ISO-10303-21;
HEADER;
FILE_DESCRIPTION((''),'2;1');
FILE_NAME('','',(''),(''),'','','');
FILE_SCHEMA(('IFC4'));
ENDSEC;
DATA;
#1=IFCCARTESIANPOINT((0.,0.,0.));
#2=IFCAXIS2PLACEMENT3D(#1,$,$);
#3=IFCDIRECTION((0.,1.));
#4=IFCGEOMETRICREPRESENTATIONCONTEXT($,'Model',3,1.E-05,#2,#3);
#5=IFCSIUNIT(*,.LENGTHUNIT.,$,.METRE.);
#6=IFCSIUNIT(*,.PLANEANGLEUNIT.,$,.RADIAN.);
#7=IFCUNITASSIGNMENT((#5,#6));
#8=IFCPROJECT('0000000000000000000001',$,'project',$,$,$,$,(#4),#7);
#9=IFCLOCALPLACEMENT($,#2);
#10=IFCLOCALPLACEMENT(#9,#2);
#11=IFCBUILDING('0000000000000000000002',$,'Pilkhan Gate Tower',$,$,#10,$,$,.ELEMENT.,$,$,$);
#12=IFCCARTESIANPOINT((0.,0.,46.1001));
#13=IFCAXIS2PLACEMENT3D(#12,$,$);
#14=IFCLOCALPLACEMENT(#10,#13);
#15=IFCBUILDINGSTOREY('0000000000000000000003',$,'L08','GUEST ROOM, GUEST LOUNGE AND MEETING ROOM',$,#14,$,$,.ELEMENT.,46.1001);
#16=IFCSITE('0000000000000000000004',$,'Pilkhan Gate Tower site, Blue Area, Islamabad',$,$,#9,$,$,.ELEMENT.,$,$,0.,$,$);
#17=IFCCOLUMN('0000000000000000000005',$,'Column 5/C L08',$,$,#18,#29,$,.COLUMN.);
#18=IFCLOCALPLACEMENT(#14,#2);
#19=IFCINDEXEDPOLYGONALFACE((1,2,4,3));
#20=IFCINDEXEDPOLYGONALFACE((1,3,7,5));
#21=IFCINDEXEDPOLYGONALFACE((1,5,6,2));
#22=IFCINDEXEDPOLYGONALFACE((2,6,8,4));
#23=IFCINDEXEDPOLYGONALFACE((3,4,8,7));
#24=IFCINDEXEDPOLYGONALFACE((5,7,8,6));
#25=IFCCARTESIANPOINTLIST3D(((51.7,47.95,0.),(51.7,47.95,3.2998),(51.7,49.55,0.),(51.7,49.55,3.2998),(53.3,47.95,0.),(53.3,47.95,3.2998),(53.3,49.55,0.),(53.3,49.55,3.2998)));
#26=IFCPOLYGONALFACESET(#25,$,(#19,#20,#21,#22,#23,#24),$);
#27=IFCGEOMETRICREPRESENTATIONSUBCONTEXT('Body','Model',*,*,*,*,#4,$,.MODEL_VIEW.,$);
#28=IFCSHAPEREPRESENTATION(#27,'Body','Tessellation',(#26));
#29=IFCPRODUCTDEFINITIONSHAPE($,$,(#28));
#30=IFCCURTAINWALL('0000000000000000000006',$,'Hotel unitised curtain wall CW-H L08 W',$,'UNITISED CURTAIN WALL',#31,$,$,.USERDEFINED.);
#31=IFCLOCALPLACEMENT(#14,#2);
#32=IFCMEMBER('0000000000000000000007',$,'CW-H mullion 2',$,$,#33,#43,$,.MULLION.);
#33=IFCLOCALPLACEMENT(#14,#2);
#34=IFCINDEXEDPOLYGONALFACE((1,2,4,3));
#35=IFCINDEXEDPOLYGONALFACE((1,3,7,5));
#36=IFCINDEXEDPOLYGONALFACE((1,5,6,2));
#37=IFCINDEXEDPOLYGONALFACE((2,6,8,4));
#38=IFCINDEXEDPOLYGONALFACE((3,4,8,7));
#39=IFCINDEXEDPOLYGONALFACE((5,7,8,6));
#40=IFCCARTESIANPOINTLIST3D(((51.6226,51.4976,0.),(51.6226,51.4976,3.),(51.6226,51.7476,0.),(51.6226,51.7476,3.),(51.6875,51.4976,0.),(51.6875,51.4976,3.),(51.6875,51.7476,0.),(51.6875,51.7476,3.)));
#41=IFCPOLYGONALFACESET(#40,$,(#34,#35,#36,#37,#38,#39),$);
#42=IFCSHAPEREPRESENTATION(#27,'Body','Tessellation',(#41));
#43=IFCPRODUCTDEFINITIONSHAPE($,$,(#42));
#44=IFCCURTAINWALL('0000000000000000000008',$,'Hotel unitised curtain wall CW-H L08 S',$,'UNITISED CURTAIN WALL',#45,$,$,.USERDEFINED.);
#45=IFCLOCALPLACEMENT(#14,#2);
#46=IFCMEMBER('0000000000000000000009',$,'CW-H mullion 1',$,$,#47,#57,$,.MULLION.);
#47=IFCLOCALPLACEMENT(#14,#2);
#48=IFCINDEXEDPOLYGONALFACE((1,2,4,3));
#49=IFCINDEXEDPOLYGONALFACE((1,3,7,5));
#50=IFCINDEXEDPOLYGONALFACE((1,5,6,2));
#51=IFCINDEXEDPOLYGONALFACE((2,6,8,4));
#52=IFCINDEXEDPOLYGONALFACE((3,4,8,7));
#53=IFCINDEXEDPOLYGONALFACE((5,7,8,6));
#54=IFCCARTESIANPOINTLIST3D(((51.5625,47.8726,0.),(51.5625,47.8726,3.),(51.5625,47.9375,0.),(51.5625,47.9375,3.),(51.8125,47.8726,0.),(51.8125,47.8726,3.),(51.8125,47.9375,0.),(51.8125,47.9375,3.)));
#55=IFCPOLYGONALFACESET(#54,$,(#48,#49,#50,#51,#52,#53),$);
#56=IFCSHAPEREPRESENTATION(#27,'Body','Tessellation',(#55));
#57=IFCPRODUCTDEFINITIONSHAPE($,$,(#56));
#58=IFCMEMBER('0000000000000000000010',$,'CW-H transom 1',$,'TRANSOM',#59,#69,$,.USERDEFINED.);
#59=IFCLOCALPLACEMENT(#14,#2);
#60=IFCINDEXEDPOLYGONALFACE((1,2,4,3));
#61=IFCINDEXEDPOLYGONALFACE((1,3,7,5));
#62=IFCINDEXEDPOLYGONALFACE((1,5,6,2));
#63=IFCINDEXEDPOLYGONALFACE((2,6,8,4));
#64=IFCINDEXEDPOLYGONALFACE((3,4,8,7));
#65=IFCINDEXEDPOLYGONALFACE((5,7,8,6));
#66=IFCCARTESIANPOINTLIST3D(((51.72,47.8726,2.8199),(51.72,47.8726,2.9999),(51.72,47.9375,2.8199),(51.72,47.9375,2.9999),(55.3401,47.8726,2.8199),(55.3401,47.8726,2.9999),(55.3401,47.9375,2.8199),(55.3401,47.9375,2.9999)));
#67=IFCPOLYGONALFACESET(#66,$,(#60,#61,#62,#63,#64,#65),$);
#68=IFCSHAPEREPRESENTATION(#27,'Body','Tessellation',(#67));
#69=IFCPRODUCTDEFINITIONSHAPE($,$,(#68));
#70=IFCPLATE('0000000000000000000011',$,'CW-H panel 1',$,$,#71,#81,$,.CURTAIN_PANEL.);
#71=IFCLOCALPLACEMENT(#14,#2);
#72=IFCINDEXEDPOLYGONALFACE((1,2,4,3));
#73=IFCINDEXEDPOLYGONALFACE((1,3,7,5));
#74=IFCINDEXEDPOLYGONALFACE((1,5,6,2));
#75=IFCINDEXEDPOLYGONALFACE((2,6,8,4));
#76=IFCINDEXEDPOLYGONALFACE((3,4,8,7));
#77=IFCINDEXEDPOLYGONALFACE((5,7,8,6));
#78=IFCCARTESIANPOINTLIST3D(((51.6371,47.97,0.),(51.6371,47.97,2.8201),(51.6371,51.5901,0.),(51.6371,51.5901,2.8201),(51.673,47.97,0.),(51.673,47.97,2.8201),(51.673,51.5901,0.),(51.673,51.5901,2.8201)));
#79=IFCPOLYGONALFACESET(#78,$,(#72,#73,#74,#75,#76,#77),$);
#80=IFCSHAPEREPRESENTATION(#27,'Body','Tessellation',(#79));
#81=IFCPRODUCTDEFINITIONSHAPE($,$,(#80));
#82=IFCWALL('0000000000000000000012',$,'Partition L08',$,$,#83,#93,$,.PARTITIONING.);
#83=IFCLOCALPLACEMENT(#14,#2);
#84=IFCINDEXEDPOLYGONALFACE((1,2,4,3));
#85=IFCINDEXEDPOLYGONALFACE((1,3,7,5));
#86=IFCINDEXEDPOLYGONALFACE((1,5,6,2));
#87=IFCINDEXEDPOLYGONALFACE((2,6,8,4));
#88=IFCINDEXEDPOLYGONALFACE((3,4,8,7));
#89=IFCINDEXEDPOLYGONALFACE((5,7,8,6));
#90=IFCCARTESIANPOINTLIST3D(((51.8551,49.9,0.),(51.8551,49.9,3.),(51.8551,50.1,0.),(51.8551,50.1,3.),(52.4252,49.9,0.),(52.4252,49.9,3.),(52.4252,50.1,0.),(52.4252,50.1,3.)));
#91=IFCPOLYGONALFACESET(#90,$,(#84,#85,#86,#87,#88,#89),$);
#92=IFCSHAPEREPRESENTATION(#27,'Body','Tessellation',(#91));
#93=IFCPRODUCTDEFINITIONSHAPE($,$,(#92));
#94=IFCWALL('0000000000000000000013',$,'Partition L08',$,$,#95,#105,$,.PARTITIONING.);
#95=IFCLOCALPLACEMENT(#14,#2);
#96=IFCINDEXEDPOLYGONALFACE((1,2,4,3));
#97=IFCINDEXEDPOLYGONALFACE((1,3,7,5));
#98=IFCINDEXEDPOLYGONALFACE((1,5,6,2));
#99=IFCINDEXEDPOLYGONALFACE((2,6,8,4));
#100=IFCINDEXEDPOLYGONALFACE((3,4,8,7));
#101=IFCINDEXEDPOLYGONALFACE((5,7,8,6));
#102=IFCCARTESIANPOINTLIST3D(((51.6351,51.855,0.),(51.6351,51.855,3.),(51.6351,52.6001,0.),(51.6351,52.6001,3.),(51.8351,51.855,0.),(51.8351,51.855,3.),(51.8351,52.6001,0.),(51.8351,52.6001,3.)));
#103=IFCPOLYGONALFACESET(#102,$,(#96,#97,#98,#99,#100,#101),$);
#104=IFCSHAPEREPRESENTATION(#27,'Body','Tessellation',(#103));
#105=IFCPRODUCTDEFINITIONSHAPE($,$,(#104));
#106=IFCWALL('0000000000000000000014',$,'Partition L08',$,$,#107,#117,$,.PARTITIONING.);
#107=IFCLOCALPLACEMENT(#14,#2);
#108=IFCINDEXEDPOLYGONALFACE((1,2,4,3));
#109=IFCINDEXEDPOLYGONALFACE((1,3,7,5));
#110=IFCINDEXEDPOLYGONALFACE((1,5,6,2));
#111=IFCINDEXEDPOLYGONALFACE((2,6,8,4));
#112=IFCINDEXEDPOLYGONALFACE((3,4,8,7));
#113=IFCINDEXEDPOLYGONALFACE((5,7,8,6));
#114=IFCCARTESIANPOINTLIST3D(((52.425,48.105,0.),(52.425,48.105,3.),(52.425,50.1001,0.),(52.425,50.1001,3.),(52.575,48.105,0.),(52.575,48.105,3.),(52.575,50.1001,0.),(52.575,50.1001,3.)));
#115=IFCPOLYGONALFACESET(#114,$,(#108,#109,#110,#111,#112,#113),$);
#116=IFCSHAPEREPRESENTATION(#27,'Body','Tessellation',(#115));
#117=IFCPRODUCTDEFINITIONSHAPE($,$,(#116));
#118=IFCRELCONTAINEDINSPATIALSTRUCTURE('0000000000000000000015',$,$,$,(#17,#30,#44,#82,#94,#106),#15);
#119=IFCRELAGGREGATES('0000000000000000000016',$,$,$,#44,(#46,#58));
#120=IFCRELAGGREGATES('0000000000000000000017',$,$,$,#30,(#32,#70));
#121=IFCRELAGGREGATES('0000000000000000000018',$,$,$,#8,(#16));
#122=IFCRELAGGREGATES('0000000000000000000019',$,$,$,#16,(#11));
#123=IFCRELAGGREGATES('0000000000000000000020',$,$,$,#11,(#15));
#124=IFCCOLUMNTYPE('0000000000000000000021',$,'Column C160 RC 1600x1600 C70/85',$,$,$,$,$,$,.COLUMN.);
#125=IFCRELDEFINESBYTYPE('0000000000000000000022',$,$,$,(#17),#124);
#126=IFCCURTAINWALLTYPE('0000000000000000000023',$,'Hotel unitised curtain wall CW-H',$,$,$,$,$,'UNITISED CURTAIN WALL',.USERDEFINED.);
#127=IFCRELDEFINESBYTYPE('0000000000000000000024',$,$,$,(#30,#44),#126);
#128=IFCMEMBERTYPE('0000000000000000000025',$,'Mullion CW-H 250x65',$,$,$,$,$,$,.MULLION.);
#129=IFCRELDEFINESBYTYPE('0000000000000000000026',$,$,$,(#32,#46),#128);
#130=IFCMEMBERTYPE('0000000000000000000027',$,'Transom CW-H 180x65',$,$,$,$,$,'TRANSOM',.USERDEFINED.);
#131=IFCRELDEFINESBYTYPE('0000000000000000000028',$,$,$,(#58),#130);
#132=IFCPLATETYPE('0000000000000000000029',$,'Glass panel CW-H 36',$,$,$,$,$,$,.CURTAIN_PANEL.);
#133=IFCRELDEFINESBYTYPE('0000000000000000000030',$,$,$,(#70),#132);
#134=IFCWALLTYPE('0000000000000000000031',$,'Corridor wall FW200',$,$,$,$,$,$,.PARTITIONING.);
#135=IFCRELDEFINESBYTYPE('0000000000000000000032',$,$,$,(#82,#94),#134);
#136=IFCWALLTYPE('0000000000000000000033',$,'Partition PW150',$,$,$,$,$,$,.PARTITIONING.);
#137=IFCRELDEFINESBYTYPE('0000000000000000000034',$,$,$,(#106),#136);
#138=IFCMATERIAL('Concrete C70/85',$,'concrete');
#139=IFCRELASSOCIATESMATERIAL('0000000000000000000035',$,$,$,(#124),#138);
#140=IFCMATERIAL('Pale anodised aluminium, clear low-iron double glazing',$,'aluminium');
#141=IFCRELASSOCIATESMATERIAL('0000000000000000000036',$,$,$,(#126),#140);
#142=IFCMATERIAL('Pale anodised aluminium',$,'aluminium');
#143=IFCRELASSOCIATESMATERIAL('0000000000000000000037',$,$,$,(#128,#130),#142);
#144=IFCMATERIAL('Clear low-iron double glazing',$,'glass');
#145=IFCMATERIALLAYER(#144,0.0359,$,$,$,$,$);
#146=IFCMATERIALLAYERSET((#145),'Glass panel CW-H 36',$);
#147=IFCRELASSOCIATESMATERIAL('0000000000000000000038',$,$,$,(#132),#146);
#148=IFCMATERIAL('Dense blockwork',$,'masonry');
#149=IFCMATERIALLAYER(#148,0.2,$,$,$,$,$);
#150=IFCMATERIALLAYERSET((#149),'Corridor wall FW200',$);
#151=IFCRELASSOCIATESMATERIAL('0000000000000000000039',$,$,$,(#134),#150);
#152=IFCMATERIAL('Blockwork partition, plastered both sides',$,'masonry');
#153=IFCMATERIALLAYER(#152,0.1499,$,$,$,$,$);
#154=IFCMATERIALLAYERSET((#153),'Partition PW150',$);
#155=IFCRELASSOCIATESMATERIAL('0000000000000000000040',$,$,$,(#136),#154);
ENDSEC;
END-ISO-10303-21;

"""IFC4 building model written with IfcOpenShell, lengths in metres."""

from ifc_helpers import new_model, si_unit, direction, frame, frame_2d, origin, origin_2d, place, context, subcontext, project, spatial, rectangle, extrude, material, layer, layer_set, material_profile, profile_set, type_object, element, aggregate, save


model = new_model("IFC4")

# Units and contexts
model_context = context("Model", 3, precision=1e-05, world=origin(), true_north=direction((0.0, 1.0)))
body_context = subcontext(model_context, "Body", "Model", "MODEL_VIEW")
ifc_project = project(units=[si_unit("LENGTHUNIT", "METRE"), si_unit("PLANEANGLEUNIT", "RADIAN")], contexts=[model_context])

# Site, building, storey
site_placement = place(None, origin())
site = spatial("IfcSite", under=ifc_project, at=site_placement, Name="Pilkhan Gate Tower site, Blue Area, Islamabad", CompositionType="ELEMENT", RefElevation=0.0)
building_placement = place(site_placement, origin())
building = spatial("IfcBuilding", under=site, at=building_placement, Name="Pilkhan Gate Tower", CompositionType="ELEMENT")
storey_placement = place(building_placement, frame((0.0, 0.0, 46.1001)))
storey = spatial("IfcBuildingStorey", under=building, at=storey_placement, Name="L08", Description="GUEST ROOM, GUEST LOUNGE AND MEETING ROOM", CompositionType="ELEMENT", Elevation=46.1001)

# Column
ifc_material_1 = material(Name="Concrete C70/85", Category="concrete")
ifc_material_profile_1 = material_profile(ifc_material_1, rectangle(XDim=1.6001, YDim=1.6001, at=origin_2d()), Name="RC 1600x1600")
ifc_profile_set_1 = profile_set([ifc_material_profile_1], Name="Concrete C70/85")
column_type = type_object("IfcColumnType", Name="Column C160 RC 1600x1600 C70/85", PredefinedType="COLUMN", material=ifc_profile_set_1)
column_placement = place(storey_placement, frame((52.5, 48.75, 0.0), z_axis=(0.0, 0.0, 1.0), x_axis=(1.0, 0.0, 0.0)))
element("IfcColumn", 1, at=column_placement, inside=storey, type_object=column_type, Name="Column 5/C L08", PredefinedType="COLUMN", context=body_context, shape_type="SweptSolid", body=[
    extrude(rectangle(XDim=1.6001, YDim=1.6001, at=origin_2d()), origin(), (0.0, 0.0, 1.0), 3.2998),
])

# Curtain wall, member
ifc_material_2 = material(Name="Pale anodised aluminium, clear low-iron double glazing", Category="aluminium")
curtain_wall_type = type_object("IfcCurtainWallType", Name="Hotel unitised curtain wall CW-H", ElementType="UNITISED CURTAIN WALL", PredefinedType="USERDEFINED", material=ifc_material_2)
curtain_wall_1_placement = place(storey_placement, origin())
curtain_wall_1 = element("IfcCurtainWall", 2, at=curtain_wall_1_placement, inside=storey, type_object=curtain_wall_type, Name="Hotel unitised curtain wall CW-H L08 W", ObjectType="UNITISED CURTAIN WALL", PredefinedType="USERDEFINED")
ifc_material_3 = material(Name="Pale anodised aluminium", Category="aluminium")
ifc_material_profile_2 = material_profile(ifc_material_3, rectangle(XDim=0.0649, YDim=0.25, at=origin_2d()), Name="Mullion 250x65")
ifc_profile_set_2 = profile_set([ifc_material_profile_2], Name="Pale anodised aluminium")
member_type_1 = type_object("IfcMemberType", Name="Mullion CW-H 250x65", PredefinedType="MULLION", material=ifc_profile_set_2)
member_1_placement = place(storey_placement, frame((51.655, 51.6226, 0.0), z_axis=(0.0, 0.0, 1.0), x_axis=(-1.0, 0.0, 0.0)))
member_1 = element("IfcMember", 3, at=member_1_placement, type_object=member_type_1, Name="CW-H mullion 2", PredefinedType="MULLION", context=body_context, shape_type="SweptSolid", body=[
    extrude(rectangle(XDim=0.0649, YDim=0.25, at=origin_2d()), origin(), (0.0, 0.0, 1.0), 3.0),
])

# Curtain wall, members
curtain_wall_2_placement = place(storey_placement, origin())
curtain_wall_2 = element("IfcCurtainWall", 4, at=curtain_wall_2_placement, inside=storey, type_object=curtain_wall_type, Name="Hotel unitised curtain wall CW-H L08 S", ObjectType="UNITISED CURTAIN WALL", PredefinedType="USERDEFINED")
member_2_placement = place(storey_placement, frame((51.6875, 47.905, 0.0), z_axis=(0.0, 0.0, 1.0), x_axis=(0.0, 1.0, 0.0)))
member_2 = element("IfcMember", 5, at=member_2_placement, type_object=member_type_1, Name="CW-H mullion 1", PredefinedType="MULLION", context=body_context, shape_type="SweptSolid", body=[
    extrude(rectangle(XDim=0.0649, YDim=0.25, at=origin_2d()), origin(), (0.0, 0.0, 1.0), 3.0),
])
ifc_material_profile_3 = material_profile(ifc_material_3, rectangle(XDim=0.0649, YDim=0.1799, at=origin_2d()), Name="Transom 180x65")
ifc_profile_set_3 = profile_set([ifc_material_profile_3], Name="Pale anodised aluminium")
member_type_2 = type_object("IfcMemberType", Name="Transom CW-H 180x65", ElementType="TRANSOM", PredefinedType="USERDEFINED", material=ifc_profile_set_3)
member_3_placement = place(storey_placement, frame((51.72, 47.905, 2.9099), z_axis=(1.0, 0.0, 0.0), x_axis=(0.0, 1.0, 0.0)))
member_3 = element("IfcMember", 6, at=member_3_placement, type_object=member_type_2, Name="CW-H transom 1", ObjectType="TRANSOM", PredefinedType="USERDEFINED", context=body_context, shape_type="SweptSolid", body=[
    extrude(rectangle(XDim=0.0649, YDim=0.1799, at=origin_2d()), origin(), (0.0, 0.0, 1.0), 3.6201),
])
aggregate(curtain_wall_2, [member_2, member_3])

# Plate
ifc_material_4 = material(Name="Clear low-iron double glazing", Category="glass")
ifc_layer_1 = layer(ifc_material_4, 0.0359)
ifc_layer_set_1 = layer_set([ifc_layer_1], Name="Glass panel CW-H 36")
plate_type = type_object("IfcPlateType", Name="Glass panel CW-H 36", PredefinedType="CURTAIN_PANEL", material=ifc_layer_set_1)
plate_placement = place(storey_placement, frame((51.655, 49.78, 0.0), z_axis=(0.0, 0.0, 1.0), x_axis=(0.0, 1.0, 0.0)))
plate = element("IfcPlate", 7, at=plate_placement, type_object=plate_type, Name="CW-H panel 1", PredefinedType="CURTAIN_PANEL", context=body_context, shape_type="SweptSolid", body=[
    extrude(rectangle(XDim=3.6201, YDim=0.0359, at=origin_2d()), origin(), (0.0, 0.0, 1.0), 2.8201),
])
aggregate(curtain_wall_1, [member_1, plate])

# Wall
ifc_material_5 = material(Name="Dense blockwork", Category="masonry")
ifc_layer_2 = layer(ifc_material_5, 0.2)
ifc_layer_set_2 = layer_set([ifc_layer_2], Name="Corridor wall FW200")
wall_type_1 = type_object("IfcWallType", Name="Corridor wall FW200", PredefinedType="PARTITIONING", material=ifc_layer_set_2)
wall_1_placement = place(storey_placement, frame((51.855, 50.0, 0.0), z_axis=(0.0, 0.0, 1.0), x_axis=(1.0, 0.0, 0.0)))
element("IfcWall", 8, at=wall_1_placement, inside=storey, type_object=wall_type_1, Name="Partition L08", PredefinedType="PARTITIONING", context=body_context, shape_type="SweptSolid", body=[
    extrude(rectangle(XDim=0.5701, YDim=0.2, at=frame_2d((0.2852, 0.0))), origin(), (0.0, 0.0, 1.0), 3.0),
])

# Walls
wall_2_placement = place(storey_placement, frame((51.7351, 51.855, 0.0), z_axis=(0.0, 0.0, 1.0), x_axis=(0.0, 1.0, 0.0)))
element("IfcWall", 9, at=wall_2_placement, inside=storey, type_object=wall_type_1, Name="Partition L08", PredefinedType="PARTITIONING", context=body_context, shape_type="SweptSolid", body=[
    extrude(rectangle(XDim=0.7451, YDim=0.2, at=frame_2d((0.3726, 0.0))), origin(), (0.0, 0.0, 1.0), 3.0),
])
ifc_material_6 = material(Name="Blockwork partition, plastered both sides", Category="masonry")
ifc_layer_3 = layer(ifc_material_6, 0.1499)
ifc_layer_set_3 = layer_set([ifc_layer_3], Name="Partition PW150")
wall_type_2 = type_object("IfcWallType", Name="Partition PW150", PredefinedType="PARTITIONING", material=ifc_layer_set_3)
wall_3_placement = place(storey_placement, frame((52.5, 48.105, 0.0), z_axis=(0.0, 0.0, 1.0), x_axis=(0.0, 1.0, 0.0)))
element("IfcWall", 10, at=wall_3_placement, inside=storey, type_object=wall_type_2, Name="Partition L08", PredefinedType="PARTITIONING", context=body_context, shape_type="SweptSolid", body=[
    extrude(rectangle(XDim=1.9951, YDim=0.1499, at=frame_2d((0.9976, 0.0))), origin(), (0.0, 0.0, 1.0), 3.0),
])

save(model, "model.ifc")
